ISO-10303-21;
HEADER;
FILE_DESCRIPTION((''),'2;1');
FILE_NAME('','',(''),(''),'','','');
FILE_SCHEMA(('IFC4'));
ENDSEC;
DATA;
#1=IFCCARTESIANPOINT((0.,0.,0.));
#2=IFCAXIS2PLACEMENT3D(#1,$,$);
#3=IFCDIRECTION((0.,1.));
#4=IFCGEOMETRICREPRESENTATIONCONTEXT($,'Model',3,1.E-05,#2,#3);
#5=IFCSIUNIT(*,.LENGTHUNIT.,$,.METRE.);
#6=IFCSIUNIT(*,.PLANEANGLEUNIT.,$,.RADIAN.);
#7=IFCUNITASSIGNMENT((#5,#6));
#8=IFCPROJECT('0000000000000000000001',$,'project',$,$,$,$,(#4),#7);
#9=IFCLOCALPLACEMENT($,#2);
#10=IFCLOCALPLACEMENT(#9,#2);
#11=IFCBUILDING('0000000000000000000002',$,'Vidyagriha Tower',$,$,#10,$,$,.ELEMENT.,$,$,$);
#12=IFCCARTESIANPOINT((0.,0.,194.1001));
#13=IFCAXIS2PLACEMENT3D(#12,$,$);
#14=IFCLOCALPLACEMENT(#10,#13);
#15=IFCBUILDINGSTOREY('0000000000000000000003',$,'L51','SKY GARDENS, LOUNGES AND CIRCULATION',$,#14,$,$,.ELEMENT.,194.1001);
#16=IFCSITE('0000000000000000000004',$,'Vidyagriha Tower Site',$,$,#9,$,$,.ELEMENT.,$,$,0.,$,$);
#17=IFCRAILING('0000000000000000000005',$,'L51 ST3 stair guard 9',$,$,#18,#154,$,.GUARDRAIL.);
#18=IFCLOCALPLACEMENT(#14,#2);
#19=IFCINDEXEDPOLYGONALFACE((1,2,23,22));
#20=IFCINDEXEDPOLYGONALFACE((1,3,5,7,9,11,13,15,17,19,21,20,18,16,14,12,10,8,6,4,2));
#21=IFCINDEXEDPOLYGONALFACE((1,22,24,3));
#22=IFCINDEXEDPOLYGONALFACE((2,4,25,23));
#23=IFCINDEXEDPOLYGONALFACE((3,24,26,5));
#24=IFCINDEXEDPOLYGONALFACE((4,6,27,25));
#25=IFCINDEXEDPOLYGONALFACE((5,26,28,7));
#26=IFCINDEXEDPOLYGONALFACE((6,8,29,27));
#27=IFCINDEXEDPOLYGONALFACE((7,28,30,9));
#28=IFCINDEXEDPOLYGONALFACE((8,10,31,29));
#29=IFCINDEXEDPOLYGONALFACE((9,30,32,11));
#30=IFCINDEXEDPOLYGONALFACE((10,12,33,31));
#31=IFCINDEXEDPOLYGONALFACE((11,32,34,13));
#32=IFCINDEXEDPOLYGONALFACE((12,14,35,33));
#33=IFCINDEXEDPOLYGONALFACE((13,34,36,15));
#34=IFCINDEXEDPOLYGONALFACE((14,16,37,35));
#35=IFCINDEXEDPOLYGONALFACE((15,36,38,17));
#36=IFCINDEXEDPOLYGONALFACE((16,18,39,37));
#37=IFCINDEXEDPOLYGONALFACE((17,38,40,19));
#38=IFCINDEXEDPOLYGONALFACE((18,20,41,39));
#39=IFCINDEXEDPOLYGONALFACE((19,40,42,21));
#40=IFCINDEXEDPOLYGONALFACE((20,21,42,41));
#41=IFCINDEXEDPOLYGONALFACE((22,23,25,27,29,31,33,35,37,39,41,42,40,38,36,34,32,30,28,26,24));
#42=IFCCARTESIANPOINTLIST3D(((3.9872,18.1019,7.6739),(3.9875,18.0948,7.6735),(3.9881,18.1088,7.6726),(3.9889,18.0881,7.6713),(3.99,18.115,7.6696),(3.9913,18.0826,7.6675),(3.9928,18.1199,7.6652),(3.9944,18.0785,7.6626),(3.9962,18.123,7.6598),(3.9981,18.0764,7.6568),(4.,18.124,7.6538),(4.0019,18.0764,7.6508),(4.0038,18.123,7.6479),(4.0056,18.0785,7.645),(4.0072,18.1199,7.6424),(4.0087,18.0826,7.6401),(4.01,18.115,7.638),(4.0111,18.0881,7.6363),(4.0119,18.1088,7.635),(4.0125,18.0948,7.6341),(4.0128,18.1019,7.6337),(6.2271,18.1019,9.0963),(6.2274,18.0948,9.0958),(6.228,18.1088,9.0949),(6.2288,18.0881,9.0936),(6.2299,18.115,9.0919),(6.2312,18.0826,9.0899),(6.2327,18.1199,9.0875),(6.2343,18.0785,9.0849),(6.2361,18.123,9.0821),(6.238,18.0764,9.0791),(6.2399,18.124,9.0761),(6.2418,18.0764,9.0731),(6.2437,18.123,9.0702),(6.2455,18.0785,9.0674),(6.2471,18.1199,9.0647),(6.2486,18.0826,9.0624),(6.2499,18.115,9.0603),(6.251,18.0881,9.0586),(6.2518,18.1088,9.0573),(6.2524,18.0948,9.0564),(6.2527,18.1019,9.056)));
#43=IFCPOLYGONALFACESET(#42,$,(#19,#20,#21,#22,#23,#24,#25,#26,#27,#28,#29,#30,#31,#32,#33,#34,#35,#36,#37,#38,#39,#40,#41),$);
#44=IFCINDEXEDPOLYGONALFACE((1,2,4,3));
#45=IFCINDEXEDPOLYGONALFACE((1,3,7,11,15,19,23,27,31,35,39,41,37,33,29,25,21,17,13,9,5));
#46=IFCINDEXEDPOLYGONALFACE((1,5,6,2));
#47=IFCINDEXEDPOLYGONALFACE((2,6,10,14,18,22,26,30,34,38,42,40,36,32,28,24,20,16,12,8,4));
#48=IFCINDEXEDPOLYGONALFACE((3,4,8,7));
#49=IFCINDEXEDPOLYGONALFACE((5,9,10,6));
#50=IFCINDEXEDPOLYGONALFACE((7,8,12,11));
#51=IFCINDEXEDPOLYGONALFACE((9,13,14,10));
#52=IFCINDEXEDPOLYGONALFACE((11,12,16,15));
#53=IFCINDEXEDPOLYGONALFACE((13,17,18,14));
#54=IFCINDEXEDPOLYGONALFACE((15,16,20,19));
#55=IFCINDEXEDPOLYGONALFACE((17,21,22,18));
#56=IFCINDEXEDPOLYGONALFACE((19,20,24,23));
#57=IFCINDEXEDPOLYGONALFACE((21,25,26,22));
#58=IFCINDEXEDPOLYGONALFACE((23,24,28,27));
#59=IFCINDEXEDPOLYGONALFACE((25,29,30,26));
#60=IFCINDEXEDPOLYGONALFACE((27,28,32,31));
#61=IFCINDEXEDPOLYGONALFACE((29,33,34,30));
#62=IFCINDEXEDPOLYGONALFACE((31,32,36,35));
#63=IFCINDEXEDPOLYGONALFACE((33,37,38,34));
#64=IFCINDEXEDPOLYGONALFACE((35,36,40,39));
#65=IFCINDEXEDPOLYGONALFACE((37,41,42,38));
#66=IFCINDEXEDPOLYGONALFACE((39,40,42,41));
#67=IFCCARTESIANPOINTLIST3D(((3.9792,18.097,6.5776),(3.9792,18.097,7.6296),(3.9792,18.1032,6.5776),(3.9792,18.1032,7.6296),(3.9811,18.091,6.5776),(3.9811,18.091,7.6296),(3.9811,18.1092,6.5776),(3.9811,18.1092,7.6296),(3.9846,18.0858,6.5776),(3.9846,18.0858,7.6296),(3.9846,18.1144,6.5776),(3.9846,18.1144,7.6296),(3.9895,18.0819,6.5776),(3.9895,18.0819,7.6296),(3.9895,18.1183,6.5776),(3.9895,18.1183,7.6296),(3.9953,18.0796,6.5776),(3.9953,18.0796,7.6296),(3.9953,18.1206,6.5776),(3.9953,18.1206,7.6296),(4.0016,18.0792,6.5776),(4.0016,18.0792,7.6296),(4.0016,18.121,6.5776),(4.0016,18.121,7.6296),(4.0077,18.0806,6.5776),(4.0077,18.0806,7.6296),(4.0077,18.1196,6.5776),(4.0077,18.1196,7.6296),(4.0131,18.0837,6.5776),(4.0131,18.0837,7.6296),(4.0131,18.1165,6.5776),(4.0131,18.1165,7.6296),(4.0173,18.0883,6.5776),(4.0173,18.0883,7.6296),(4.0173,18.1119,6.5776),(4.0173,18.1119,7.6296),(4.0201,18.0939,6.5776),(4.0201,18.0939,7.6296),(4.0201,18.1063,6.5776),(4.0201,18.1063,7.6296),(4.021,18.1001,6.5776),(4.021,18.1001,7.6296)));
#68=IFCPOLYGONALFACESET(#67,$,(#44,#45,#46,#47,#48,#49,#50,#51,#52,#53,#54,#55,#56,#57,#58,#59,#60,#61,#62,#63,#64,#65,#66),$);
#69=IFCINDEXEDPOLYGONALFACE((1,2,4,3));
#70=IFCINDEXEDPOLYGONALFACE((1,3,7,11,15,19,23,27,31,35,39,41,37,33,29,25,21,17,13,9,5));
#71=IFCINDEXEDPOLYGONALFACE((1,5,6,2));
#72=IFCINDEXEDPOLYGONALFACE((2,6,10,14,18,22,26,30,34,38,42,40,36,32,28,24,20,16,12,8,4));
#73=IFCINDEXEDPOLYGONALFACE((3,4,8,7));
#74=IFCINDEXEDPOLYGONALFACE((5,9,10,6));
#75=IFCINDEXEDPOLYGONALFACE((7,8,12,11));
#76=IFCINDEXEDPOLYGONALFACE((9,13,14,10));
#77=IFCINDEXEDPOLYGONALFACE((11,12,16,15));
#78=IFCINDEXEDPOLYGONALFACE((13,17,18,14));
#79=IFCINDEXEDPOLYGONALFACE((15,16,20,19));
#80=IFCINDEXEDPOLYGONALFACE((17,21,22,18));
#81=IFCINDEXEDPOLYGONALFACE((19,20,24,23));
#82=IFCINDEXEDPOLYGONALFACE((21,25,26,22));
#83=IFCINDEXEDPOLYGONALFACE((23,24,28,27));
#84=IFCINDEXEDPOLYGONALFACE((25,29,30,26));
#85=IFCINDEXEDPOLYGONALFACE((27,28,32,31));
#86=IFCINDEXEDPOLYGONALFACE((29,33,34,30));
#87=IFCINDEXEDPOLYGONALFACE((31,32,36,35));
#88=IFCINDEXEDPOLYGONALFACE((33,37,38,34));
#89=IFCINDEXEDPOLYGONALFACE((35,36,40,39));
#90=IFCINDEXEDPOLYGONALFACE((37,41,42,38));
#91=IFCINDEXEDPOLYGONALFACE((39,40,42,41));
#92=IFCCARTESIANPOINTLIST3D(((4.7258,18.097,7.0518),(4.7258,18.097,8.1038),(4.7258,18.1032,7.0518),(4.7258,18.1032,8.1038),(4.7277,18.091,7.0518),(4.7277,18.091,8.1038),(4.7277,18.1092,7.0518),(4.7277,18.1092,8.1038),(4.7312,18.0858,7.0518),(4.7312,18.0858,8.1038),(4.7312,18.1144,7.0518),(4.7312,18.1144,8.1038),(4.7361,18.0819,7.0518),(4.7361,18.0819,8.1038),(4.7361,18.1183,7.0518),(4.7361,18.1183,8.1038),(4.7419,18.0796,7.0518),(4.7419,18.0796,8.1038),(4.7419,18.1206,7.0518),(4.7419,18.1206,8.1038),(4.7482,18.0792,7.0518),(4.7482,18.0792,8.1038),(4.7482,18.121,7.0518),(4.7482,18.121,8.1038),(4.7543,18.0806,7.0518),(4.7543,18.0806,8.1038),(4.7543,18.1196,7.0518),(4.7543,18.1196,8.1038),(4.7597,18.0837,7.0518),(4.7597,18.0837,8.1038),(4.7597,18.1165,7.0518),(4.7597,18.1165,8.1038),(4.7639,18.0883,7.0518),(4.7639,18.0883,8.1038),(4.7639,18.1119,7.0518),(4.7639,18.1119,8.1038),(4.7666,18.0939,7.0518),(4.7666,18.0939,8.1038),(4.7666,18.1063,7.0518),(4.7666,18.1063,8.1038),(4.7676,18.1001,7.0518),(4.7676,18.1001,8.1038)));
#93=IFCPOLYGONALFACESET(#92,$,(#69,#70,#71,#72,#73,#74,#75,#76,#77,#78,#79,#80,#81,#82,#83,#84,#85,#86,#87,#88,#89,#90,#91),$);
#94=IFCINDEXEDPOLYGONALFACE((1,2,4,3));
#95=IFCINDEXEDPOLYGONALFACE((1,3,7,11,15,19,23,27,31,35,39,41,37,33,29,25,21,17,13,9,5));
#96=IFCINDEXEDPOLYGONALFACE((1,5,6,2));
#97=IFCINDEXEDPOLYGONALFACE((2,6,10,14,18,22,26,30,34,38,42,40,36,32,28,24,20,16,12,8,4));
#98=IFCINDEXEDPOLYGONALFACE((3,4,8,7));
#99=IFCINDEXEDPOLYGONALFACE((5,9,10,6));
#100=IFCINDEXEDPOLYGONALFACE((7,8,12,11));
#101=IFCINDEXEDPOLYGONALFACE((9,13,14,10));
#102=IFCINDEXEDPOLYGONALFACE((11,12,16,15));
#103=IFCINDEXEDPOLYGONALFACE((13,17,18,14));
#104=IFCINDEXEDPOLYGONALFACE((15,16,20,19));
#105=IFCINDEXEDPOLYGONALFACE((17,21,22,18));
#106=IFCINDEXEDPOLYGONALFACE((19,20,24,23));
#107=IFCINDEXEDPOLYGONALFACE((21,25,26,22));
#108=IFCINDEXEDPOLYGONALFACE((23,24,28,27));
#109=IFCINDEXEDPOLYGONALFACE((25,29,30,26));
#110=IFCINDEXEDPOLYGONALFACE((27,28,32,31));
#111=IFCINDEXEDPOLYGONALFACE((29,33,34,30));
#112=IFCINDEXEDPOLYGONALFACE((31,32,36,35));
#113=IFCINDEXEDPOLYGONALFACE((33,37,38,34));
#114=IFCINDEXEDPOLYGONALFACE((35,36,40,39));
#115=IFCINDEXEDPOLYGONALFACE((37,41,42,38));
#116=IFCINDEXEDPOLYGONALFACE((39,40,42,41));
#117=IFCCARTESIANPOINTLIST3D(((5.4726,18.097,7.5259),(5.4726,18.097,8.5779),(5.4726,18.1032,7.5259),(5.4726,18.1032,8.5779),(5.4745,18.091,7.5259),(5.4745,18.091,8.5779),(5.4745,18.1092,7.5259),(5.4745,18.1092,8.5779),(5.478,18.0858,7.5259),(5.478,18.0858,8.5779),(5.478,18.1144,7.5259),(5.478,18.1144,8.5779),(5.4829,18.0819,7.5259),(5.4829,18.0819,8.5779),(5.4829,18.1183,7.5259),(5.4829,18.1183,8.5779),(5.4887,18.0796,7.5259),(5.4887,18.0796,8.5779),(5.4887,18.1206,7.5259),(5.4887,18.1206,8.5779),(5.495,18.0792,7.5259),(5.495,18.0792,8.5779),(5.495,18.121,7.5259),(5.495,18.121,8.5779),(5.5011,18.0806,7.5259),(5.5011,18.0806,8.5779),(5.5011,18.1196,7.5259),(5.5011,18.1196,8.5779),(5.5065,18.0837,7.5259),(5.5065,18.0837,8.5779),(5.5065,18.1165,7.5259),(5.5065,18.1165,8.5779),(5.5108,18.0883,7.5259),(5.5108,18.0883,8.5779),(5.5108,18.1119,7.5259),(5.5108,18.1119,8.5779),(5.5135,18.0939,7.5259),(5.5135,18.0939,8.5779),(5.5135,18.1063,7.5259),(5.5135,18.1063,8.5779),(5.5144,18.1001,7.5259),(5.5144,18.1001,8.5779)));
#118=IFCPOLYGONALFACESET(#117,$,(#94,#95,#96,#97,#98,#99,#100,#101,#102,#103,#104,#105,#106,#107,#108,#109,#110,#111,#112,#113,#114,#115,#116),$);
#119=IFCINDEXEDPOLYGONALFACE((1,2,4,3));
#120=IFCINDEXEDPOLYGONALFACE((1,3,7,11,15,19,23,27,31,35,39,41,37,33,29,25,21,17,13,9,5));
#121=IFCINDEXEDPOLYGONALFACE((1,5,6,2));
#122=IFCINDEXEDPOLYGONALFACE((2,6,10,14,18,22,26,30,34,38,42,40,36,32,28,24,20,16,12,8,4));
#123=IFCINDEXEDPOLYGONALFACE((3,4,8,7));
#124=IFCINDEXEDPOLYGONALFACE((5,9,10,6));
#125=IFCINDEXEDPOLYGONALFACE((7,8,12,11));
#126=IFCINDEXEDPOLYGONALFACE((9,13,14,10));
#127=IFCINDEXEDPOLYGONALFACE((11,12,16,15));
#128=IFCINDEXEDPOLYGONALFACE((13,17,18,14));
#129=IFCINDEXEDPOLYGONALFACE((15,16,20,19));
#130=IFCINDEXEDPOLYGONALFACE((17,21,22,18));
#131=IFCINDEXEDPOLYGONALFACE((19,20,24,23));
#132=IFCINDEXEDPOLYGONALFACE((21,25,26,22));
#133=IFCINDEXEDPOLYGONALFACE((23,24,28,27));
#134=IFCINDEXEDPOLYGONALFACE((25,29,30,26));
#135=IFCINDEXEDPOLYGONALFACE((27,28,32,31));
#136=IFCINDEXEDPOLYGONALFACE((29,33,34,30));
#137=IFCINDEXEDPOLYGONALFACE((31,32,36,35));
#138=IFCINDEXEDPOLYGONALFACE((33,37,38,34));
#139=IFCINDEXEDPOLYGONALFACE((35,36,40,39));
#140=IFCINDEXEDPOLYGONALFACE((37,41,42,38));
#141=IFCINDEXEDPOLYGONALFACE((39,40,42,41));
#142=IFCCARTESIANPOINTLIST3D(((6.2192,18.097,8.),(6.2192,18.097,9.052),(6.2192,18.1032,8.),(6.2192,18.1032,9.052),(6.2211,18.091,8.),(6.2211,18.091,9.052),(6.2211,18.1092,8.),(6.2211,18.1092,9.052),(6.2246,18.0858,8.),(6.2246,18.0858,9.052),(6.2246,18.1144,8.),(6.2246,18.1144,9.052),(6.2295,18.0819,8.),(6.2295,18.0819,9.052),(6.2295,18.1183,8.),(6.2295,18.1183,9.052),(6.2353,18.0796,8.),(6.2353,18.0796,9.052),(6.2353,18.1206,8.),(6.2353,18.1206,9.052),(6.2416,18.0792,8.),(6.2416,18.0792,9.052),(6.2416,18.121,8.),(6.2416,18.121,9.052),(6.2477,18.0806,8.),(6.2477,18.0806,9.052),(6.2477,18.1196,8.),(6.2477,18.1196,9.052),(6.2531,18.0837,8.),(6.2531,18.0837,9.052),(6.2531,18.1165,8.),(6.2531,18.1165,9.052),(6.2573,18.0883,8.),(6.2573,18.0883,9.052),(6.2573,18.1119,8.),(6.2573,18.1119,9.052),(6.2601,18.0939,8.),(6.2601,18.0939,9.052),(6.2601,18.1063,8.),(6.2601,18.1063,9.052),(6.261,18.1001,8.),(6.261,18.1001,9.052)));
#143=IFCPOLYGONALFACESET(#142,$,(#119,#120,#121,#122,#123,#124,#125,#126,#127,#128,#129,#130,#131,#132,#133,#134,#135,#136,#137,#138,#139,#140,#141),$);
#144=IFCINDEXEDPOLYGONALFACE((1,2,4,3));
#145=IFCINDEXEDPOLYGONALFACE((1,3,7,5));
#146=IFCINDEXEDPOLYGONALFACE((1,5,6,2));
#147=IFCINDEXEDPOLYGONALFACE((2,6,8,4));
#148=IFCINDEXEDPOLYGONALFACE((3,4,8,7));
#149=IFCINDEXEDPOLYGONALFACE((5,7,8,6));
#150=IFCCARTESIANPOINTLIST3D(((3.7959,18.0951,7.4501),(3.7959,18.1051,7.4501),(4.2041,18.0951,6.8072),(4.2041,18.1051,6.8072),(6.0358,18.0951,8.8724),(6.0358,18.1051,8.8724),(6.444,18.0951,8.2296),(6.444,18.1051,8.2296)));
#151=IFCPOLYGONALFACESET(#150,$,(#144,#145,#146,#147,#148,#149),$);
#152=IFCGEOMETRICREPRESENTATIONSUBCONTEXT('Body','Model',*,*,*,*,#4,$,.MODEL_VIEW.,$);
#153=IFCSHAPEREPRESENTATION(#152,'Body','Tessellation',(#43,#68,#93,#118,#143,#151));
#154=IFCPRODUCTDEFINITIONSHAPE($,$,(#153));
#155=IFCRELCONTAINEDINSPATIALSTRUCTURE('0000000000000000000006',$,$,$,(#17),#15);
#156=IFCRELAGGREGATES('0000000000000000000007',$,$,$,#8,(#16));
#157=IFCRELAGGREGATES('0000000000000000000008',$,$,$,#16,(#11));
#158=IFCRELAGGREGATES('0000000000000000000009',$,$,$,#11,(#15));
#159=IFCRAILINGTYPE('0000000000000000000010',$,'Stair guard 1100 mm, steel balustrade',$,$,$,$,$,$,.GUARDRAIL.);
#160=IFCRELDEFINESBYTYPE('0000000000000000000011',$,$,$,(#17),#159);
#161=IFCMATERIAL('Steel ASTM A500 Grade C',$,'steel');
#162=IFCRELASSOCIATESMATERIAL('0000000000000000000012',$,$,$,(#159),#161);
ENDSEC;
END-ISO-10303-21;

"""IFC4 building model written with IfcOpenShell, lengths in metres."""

from ifc_helpers import new_model, si_unit, direction, frame, origin, origin_2d, place, context, subcontext, project, spatial, rectangle, circle, extrude, material, type_object, element, save


model = new_model("IFC4")

# Units and contexts
model_context = context("Model", 3, precision=1e-05, world=origin(), true_north=direction((0.0, 1.0)))
body_context = subcontext(model_context, "Body", "Model", "MODEL_VIEW")
ifc_project = project(units=[si_unit("LENGTHUNIT", "METRE"), si_unit("PLANEANGLEUNIT", "RADIAN")], contexts=[model_context])

# Site, building, storey
site_placement = place(None, origin())
site = spatial("IfcSite", under=ifc_project, at=site_placement, Name="Vidyagriha Tower Site", CompositionType="ELEMENT", RefElevation=0.0)
building_placement = place(site_placement, origin())
building = spatial("IfcBuilding", under=site, at=building_placement, Name="Vidyagriha Tower", CompositionType="ELEMENT")
storey_placement = place(building_placement, frame((0.0, 0.0, 194.1001)))
storey = spatial("IfcBuildingStorey", under=building, at=storey_placement, Name="L51", Description="SKY GARDENS, LOUNGES AND CIRCULATION", CompositionType="ELEMENT", Elevation=194.1001)

# Railing
ifc_material_1 = material(Name="Steel ASTM A500 Grade C", Category="steel")
railing_type_1 = type_object("IfcRailingType", Name="Stair guard 1100 mm, steel balustrade", PredefinedType="GUARDRAIL", material=ifc_material_1)
railing_1_placement = place(storey_placement, frame((4.0, 18.1001, 6.5776)))
element("IfcRailing", 1, at=railing_1_placement, inside=storey, type_object=railing_type_1, Name="L51 ST3 stair guard 9", PredefinedType="GUARDRAIL", context=body_context, shape_type="SweptSolid", body=[
    extrude(circle(Radius=0.0239, at=origin_2d()), frame((0.0, 0.0, 1.0762), z_axis=(0.844188, 0.0, 0.536048), x_axis=(0.0, 1.0, 0.0)), (0.0, 0.0, 1.0), 2.6533),
    extrude(circle(Radius=0.021, at=origin_2d()), origin(), (0.0, 0.0, 1.0), 1.052),
    extrude(circle(Radius=0.021, at=origin_2d()), frame((0.7466, 0.0, 0.4741)), (0.0, 0.0, 1.0), 1.052),
    extrude(circle(Radius=0.021, at=origin_2d()), frame((1.4934, 0.0, 0.9482)), (0.0, 0.0, 1.0), 1.052),
    extrude(circle(Radius=0.021, at=origin_2d()), frame((2.24, 0.0, 1.4224)), (0.0, 0.0, 1.0), 1.052),
    extrude(rectangle(XDim=0.01, YDim=0.7615, at=origin_2d()), frame((0.0, 0.0, 0.551), z_axis=(0.844188, 0.0, 0.536048), x_axis=(0.0, 1.0, 0.0)), (0.0, 0.0, 1.0), 2.6533),
])

save(model, "model.ifc")
